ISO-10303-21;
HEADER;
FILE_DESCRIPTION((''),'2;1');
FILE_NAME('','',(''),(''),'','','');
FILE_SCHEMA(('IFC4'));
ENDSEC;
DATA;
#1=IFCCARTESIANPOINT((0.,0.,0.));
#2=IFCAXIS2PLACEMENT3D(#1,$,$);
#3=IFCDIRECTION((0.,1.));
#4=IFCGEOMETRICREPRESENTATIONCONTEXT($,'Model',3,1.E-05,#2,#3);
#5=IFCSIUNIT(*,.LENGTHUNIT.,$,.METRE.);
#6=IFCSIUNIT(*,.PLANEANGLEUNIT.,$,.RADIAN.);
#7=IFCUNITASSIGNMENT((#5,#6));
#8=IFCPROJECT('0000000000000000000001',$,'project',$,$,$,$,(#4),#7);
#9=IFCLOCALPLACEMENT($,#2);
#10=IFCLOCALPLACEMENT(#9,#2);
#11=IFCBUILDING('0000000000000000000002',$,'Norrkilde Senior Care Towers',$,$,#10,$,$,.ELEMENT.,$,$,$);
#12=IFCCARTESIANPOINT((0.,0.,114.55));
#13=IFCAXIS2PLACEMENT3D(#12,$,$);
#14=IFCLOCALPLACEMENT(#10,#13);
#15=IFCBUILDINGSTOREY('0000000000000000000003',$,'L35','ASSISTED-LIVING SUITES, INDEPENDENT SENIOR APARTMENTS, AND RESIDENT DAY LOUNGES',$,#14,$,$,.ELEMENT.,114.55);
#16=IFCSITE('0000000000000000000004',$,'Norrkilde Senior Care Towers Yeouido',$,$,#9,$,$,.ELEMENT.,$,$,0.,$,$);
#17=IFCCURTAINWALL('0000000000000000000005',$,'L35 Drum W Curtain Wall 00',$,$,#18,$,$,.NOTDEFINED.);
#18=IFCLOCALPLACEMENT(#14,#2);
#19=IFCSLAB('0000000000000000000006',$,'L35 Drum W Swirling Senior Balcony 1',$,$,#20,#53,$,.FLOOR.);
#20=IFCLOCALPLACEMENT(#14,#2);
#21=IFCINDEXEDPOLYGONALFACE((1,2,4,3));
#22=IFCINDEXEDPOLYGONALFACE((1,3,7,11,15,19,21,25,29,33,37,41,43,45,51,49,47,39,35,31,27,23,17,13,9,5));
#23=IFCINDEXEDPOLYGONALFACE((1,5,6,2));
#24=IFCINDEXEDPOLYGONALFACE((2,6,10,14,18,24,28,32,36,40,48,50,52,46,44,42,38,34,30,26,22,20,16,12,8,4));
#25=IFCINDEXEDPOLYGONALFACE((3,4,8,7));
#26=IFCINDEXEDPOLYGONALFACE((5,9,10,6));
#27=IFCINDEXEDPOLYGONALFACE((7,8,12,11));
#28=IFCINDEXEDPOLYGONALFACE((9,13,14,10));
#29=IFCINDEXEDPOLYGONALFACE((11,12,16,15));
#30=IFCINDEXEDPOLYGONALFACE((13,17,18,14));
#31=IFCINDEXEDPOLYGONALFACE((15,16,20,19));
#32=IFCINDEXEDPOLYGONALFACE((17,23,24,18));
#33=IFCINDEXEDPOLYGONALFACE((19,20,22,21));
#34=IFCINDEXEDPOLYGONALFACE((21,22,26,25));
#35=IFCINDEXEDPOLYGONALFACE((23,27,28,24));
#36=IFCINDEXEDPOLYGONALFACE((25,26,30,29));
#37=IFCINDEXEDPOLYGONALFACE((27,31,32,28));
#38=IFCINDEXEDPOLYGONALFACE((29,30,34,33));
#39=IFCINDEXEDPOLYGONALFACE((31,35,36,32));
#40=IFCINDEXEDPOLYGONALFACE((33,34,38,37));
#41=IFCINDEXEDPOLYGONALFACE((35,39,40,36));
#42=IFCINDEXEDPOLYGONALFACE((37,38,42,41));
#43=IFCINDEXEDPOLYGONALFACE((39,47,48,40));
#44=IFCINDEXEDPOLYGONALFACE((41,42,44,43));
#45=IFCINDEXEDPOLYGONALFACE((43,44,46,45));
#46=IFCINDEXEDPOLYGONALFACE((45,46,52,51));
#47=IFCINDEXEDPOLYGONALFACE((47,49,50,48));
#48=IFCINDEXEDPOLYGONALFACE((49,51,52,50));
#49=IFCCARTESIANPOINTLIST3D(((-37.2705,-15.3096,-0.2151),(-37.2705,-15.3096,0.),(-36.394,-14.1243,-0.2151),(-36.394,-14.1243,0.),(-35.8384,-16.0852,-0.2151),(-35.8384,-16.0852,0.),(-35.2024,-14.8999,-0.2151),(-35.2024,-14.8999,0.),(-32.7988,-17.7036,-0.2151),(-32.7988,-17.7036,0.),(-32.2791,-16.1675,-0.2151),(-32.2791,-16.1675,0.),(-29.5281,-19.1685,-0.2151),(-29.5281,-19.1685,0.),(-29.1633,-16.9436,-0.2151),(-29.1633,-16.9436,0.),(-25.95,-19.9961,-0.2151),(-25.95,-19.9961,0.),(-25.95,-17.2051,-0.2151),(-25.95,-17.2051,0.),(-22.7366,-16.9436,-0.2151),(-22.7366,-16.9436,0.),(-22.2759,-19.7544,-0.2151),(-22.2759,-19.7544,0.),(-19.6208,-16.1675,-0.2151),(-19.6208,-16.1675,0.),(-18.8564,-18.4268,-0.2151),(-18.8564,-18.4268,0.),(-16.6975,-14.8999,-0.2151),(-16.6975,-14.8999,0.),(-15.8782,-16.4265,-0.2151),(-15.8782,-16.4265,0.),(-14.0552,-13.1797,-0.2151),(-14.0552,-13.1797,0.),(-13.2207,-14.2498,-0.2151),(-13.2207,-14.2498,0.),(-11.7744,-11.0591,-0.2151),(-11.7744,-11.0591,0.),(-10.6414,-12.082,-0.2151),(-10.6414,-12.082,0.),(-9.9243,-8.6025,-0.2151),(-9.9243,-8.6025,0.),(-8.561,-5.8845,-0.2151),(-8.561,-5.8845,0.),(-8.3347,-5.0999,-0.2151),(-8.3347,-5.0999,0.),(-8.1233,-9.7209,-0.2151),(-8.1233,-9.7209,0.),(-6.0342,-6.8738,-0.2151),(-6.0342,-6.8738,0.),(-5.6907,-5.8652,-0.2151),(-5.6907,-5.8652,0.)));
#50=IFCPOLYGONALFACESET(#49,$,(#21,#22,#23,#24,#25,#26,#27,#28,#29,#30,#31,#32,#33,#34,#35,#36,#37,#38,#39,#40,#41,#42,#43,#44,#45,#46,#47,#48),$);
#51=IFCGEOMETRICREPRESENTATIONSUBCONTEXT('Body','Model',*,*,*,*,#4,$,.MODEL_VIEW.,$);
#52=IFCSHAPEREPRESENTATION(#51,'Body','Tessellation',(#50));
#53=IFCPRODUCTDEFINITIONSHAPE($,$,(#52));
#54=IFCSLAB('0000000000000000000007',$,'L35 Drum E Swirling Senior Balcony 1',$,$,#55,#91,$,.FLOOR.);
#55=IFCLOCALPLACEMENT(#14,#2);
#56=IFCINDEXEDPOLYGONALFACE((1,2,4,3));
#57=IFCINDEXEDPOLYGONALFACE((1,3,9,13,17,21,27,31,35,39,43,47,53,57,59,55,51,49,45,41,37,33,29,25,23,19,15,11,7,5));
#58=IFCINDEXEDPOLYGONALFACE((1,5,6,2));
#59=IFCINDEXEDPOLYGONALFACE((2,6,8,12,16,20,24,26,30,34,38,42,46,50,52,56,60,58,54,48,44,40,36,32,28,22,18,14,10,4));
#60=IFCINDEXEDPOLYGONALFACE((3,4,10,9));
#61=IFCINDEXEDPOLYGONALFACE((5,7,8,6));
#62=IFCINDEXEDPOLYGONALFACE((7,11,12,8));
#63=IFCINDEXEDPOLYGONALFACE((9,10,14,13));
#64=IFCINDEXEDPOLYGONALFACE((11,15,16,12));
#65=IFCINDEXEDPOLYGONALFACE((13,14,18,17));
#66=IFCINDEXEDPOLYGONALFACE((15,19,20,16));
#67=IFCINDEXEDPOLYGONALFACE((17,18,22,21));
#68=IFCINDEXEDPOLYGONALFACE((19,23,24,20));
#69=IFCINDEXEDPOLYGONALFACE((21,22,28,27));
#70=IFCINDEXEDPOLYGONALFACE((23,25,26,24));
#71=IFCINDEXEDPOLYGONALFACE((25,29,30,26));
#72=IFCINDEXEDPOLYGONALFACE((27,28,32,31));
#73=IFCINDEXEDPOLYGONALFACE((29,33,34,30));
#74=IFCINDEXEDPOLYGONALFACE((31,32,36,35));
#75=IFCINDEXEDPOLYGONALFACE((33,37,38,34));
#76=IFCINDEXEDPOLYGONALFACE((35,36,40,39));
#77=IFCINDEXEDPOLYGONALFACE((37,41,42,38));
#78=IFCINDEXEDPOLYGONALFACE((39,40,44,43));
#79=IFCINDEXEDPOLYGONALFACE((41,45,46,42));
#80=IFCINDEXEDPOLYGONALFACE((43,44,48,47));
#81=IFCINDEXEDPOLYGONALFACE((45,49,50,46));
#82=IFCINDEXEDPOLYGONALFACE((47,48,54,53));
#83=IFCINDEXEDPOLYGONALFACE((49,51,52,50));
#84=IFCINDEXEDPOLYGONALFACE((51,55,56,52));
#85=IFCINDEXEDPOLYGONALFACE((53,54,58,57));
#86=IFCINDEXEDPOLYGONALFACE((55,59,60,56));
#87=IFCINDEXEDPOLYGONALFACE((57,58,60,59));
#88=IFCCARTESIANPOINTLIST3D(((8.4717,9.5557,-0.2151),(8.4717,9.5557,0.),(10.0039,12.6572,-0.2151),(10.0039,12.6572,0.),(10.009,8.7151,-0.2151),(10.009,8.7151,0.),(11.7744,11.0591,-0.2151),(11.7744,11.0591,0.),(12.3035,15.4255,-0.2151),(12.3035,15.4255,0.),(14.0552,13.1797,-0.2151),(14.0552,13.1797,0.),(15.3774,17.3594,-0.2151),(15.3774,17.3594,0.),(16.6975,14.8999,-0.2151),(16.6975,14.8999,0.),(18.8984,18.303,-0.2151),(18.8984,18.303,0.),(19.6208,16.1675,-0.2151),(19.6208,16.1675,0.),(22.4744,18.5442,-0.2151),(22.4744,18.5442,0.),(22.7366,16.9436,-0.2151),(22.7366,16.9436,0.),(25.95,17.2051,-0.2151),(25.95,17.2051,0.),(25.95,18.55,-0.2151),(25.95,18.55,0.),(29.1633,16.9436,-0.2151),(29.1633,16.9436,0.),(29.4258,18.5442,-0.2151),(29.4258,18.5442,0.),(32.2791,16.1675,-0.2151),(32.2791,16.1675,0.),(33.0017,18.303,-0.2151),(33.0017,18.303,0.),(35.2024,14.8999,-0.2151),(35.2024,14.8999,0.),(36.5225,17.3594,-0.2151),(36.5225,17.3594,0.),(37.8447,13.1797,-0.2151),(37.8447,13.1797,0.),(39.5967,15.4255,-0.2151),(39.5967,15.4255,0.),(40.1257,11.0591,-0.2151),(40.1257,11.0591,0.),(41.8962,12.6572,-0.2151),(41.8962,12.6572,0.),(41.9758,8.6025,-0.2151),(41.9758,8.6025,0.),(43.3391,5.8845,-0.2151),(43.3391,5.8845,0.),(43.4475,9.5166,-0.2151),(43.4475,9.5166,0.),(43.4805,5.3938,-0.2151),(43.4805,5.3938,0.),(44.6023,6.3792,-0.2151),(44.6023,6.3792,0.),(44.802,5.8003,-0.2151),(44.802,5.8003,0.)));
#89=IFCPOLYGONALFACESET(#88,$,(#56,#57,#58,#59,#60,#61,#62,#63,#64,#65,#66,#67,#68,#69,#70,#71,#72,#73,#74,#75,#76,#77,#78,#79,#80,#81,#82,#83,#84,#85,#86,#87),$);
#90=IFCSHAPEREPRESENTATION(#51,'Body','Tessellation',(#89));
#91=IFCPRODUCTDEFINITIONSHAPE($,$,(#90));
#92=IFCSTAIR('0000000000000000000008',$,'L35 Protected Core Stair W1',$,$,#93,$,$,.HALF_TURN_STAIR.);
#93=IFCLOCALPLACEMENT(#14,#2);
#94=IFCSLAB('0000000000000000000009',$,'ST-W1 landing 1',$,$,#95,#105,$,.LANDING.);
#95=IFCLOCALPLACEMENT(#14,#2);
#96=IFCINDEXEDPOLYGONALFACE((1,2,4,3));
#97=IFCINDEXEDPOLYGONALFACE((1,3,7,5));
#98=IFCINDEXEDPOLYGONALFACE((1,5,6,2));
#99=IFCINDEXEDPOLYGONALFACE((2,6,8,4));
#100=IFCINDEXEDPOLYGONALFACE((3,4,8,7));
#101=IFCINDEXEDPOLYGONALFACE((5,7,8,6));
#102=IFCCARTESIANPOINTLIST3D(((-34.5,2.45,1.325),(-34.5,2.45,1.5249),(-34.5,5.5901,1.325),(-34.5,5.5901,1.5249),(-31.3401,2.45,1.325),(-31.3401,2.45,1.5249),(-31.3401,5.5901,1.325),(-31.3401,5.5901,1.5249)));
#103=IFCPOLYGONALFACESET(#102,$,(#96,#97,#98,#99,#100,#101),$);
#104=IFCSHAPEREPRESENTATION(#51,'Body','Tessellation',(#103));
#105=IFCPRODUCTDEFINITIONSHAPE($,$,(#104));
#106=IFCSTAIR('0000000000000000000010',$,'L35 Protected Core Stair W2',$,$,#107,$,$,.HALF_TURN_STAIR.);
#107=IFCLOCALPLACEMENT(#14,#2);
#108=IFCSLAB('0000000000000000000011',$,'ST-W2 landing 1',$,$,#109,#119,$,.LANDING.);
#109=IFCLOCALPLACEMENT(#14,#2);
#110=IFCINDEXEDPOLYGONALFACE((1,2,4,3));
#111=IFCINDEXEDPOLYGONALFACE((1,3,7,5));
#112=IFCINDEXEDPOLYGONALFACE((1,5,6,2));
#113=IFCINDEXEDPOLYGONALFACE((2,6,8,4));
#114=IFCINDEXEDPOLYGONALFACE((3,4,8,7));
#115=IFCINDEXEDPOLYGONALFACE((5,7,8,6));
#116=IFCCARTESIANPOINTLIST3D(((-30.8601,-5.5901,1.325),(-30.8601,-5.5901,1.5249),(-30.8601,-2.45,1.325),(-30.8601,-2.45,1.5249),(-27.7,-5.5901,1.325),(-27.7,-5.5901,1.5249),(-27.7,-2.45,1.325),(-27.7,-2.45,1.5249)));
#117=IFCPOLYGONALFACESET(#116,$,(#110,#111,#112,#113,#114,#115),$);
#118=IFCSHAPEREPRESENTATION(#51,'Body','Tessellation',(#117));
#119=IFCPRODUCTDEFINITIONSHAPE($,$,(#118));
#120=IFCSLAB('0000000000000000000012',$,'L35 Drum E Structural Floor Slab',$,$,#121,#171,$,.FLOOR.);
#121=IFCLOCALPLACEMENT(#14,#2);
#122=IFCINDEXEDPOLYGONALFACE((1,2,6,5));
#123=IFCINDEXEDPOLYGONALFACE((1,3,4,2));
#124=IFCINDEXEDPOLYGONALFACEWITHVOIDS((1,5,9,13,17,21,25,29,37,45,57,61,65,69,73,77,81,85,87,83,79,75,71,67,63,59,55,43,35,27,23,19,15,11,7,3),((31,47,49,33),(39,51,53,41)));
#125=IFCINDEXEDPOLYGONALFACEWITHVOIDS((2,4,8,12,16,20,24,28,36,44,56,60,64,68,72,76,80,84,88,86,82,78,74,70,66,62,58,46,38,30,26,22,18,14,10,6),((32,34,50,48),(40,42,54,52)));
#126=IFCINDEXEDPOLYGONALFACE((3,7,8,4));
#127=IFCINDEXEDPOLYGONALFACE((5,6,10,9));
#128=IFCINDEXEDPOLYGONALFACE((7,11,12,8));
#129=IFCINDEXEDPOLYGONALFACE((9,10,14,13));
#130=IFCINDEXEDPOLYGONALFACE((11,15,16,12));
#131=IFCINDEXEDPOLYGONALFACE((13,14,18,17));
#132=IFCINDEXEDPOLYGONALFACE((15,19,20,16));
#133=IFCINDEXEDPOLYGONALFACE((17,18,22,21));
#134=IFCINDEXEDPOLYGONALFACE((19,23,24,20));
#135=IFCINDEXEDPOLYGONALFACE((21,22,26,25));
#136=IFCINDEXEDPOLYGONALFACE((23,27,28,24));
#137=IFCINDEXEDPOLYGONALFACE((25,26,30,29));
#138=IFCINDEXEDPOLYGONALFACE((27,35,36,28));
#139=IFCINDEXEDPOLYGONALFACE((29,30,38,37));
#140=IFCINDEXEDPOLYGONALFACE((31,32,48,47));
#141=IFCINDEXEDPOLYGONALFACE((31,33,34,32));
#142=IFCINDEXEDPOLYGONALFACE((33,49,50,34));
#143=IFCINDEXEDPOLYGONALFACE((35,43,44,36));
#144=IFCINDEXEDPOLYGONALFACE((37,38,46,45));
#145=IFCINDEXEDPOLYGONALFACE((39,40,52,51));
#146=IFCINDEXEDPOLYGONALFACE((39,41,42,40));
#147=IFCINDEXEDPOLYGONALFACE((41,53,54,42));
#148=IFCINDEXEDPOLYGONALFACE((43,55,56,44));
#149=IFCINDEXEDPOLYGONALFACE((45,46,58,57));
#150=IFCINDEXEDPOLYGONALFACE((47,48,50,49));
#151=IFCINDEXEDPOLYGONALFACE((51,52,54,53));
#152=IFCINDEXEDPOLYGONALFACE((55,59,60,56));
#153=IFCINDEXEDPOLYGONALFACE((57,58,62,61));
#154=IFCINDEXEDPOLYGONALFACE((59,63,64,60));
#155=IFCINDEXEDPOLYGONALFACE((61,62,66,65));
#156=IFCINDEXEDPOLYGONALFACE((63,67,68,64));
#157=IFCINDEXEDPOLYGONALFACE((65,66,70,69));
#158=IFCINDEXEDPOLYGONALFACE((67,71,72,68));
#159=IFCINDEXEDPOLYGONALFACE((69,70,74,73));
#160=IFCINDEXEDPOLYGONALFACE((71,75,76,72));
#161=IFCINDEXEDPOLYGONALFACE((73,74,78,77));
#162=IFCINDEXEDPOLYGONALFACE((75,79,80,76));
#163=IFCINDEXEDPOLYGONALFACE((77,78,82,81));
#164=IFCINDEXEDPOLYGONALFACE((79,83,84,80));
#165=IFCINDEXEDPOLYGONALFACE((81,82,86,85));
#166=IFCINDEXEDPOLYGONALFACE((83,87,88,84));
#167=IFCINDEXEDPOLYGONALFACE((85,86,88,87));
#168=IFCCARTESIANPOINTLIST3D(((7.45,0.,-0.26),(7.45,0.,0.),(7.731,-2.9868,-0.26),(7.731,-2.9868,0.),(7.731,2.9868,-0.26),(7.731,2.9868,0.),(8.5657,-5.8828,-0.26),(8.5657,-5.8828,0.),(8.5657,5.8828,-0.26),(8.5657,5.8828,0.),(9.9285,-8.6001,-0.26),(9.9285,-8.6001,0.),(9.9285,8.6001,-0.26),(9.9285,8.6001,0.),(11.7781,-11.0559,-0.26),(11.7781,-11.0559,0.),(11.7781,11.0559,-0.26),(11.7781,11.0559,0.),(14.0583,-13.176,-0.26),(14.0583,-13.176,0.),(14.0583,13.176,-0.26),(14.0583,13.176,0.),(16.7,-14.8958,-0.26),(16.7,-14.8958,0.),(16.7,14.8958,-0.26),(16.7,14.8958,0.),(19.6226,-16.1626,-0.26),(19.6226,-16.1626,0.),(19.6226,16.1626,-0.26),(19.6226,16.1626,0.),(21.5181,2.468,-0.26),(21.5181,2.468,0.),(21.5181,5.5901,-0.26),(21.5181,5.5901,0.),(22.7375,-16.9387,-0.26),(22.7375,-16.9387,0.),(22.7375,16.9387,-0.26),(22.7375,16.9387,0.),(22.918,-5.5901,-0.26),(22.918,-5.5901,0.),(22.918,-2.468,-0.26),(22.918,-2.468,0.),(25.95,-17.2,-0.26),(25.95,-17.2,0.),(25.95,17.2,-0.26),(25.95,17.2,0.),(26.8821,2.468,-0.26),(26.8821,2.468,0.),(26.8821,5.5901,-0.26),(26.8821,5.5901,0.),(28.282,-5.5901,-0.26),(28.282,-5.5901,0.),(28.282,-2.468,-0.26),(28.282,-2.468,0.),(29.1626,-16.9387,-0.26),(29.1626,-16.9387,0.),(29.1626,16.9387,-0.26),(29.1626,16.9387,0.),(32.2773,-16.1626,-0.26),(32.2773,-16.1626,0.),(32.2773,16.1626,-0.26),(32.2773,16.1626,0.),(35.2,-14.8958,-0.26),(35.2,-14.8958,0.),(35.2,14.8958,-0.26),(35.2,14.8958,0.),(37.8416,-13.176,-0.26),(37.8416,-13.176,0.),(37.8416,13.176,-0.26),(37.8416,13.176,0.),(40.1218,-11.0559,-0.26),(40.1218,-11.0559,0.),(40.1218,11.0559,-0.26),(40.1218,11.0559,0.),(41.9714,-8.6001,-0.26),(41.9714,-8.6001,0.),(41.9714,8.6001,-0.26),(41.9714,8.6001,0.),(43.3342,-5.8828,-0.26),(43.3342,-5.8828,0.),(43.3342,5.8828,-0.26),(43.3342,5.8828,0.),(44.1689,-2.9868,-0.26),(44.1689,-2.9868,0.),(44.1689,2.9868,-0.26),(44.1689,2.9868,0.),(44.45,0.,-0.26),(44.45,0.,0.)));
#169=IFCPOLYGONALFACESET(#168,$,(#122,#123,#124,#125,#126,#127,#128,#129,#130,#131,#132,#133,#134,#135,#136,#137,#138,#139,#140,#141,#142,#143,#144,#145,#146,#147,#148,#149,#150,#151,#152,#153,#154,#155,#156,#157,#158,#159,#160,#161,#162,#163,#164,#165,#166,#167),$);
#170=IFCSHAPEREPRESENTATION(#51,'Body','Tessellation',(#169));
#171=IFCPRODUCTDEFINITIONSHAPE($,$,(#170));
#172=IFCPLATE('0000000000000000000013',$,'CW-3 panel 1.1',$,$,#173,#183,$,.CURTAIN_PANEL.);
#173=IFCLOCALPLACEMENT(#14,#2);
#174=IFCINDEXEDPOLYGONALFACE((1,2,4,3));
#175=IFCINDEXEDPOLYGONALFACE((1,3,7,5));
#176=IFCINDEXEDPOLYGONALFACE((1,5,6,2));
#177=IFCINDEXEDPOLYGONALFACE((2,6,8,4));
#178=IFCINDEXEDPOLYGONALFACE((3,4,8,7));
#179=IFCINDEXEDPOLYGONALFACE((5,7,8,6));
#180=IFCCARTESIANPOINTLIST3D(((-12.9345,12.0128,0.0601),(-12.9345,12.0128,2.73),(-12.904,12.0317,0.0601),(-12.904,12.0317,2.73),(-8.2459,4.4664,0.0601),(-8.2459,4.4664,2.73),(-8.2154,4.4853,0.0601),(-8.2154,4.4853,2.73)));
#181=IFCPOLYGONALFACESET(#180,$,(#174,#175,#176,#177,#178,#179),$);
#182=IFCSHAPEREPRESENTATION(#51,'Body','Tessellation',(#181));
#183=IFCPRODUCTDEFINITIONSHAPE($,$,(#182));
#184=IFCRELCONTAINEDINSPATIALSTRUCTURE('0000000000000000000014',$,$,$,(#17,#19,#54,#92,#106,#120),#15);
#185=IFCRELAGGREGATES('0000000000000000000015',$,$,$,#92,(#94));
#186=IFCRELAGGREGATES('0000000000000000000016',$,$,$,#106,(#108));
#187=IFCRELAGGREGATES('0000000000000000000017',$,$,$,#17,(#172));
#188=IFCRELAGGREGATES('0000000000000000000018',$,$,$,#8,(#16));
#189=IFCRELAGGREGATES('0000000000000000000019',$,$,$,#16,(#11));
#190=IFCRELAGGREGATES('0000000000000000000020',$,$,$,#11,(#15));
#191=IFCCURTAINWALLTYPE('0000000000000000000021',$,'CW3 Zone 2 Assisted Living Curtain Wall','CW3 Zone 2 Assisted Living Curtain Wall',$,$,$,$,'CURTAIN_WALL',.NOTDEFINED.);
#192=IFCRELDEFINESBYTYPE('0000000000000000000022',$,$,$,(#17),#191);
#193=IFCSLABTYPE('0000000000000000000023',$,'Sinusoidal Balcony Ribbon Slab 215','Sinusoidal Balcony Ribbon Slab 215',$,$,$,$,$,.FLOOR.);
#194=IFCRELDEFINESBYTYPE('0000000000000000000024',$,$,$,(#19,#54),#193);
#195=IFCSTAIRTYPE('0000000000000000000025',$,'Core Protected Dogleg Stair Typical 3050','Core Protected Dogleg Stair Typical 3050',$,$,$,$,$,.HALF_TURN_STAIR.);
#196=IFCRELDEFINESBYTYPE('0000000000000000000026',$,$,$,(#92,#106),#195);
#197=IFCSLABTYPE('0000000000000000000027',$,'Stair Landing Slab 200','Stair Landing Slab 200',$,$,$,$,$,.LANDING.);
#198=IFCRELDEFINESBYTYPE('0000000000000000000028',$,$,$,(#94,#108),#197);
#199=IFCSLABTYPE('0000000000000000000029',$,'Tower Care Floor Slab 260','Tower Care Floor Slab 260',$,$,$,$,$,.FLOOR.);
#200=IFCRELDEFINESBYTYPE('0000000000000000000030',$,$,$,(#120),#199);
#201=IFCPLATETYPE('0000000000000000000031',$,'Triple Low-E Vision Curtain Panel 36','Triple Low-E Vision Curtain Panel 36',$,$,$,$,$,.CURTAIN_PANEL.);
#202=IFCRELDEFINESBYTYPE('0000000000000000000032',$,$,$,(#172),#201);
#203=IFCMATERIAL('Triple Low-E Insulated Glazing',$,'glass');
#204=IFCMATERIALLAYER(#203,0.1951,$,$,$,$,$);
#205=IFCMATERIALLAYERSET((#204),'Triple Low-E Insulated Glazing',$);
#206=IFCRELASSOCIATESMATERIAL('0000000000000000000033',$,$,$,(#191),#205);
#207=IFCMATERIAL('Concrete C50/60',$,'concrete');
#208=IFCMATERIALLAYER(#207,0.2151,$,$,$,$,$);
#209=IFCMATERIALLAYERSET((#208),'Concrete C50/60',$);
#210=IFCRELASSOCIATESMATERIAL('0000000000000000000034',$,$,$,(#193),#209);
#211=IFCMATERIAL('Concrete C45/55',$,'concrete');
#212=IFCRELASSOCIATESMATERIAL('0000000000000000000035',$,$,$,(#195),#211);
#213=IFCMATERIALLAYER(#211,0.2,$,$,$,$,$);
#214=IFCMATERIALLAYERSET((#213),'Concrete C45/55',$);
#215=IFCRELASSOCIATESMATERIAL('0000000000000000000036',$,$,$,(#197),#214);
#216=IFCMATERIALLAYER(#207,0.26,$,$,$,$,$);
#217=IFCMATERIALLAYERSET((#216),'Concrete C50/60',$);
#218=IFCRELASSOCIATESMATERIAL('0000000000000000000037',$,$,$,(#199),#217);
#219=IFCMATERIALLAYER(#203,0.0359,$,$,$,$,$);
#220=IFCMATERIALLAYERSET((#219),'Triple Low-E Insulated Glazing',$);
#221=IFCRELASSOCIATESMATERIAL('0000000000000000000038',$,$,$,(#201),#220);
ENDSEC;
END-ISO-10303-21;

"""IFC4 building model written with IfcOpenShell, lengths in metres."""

from ifc_helpers import new_model, si_unit, direction, frame, origin, origin_2d, place, context, subcontext, project, spatial, polyline, rectangle, outline, extrude, source, transform, mapped, material, layer, layer_set, type_object, type_shapes, element, aggregate, save


model = new_model("IFC4")

# Units and contexts
model_context = context("Model", 3, precision=1e-05, world=origin(), true_north=direction((0.0, 1.0)))
body_context = subcontext(model_context, "Body", "Model", "MODEL_VIEW")
ifc_project = project(units=[si_unit("LENGTHUNIT", "METRE"), si_unit("PLANEANGLEUNIT", "RADIAN")], contexts=[model_context])

# Site, building, storey
site_placement = place(None, origin())
site = spatial("IfcSite", under=ifc_project, at=site_placement, Name="Norrkilde Senior Care Towers Yeouido", CompositionType="ELEMENT", RefElevation=0.0)
building_placement = place(site_placement, origin())
building = spatial("IfcBuilding", under=site, at=building_placement, Name="Norrkilde Senior Care Towers", CompositionType="ELEMENT")
storey_placement = place(building_placement, frame((0.0, 0.0, 114.55)))
storey = spatial("IfcBuildingStorey", under=building, at=storey_placement, Name="L35", Description="ASSISTED-LIVING SUITES, INDEPENDENT SENIOR APARTMENTS, AND RESIDENT DAY LOUNGES", CompositionType="ELEMENT", Elevation=114.55)

# Curtain wall
ifc_material_1 = material(Name="Triple Low-E Insulated Glazing", Category="glass")
ifc_layer_1 = layer(ifc_material_1, 0.1951)
ifc_layer_set_1 = layer_set([ifc_layer_1], Name="Triple Low-E Insulated Glazing")
curtain_wall_type = type_object("IfcCurtainWallType", Name="CW3 Zone 2 Assisted Living Curtain Wall", Description="CW3 Zone 2 Assisted Living Curtain Wall", ElementType="CURTAIN_WALL", PredefinedType="NOTDEFINED", material=ifc_layer_set_1)
curtain_wall_1_placement = place(storey_placement, origin())
curtain_wall_1 = element("IfcCurtainWall", 1, at=curtain_wall_1_placement, inside=storey, type_object=curtain_wall_type, Name="L35 Drum W Curtain Wall 00", PredefinedType="NOTDEFINED")

# Slabs
ifc_material_2 = material(Name="Concrete C50/60", Category="concrete")
ifc_layer_2 = layer(ifc_material_2, 0.2151)
ifc_layer_set_2 = layer_set([ifc_layer_2], Name="Concrete C50/60")
slab_type_1 = type_object("IfcSlabType", Name="Sinusoidal Balcony Ribbon Slab 215", Description="Sinusoidal Balcony Ribbon Slab 215", PredefinedType="FLOOR", material=ifc_layer_set_2)
slab_1_placement = place(storey_placement, frame((0.0, 0.0, -0.2151)))
element("IfcSlab", 2, at=slab_1_placement, inside=storey, type_object=slab_type_1, Name="L35 Drum W Swirling Senior Balcony 1", PredefinedType="FLOOR", context=body_context, shape_type="SweptSolid", body=[
    extrude(outline(polyline([(-8.1233, -9.7209), (-10.6414, -12.082), (-13.2207, -14.2498), (-15.8782, -16.4265), (-18.8564, -18.4268), (-22.2759, -19.7544), (-25.95, -19.9961), (-29.5281, -19.1685), (-32.7988, -17.7036), (-35.8384, -16.0852), (-37.2705, -15.3096), (-36.394, -14.1243), (-35.2024, -14.8999), (-32.2791, -16.1675), (-29.1633, -16.9436), (-25.95, -17.2051), (-22.7366, -16.9436), (-19.6208, -16.1675), (-16.6975, -14.8999), (-14.0552, -13.1797), (-11.7744, -11.0591), (-9.9243, -8.6025), (-8.561, -5.8845), (-8.3347, -5.0999), (-5.6907, -5.8652), (-6.0342, -6.8738), (-8.1233, -9.7209)])), origin(), (0.0, 0.0, 1.0), 0.2151),
])
slab_2_placement = place(storey_placement, frame((0.0, 0.0, -0.2151)))
element("IfcSlab", 3, at=slab_2_placement, inside=storey, type_object=slab_type_1, Name="L35 Drum E Swirling Senior Balcony 1", PredefinedType="FLOOR", context=body_context, shape_type="SweptSolid", body=[
    extrude(outline(polyline([(12.3035, 15.4255), (15.3774, 17.3594), (18.8984, 18.303), (22.4744, 18.5442), (25.95, 18.55), (29.4258, 18.5442), (33.0017, 18.303), (36.5225, 17.3594), (39.5967, 15.4255), (41.8962, 12.6572), (43.4475, 9.5166), (44.6023, 6.3792), (44.802, 5.8003), (43.4805, 5.3938), (43.3391, 5.8845), (41.9758, 8.6025), (40.1257, 11.0591), (37.8447, 13.1797), (35.2024, 14.8999), (32.2791, 16.1675), (29.1633, 16.9436), (25.95, 17.2051), (22.7366, 16.9436), (19.6208, 16.1675), (16.6975, 14.8999), (14.0552, 13.1797), (11.7744, 11.0591), (10.009, 8.7151), (8.4717, 9.5557), (10.0039, 12.6572), (12.3035, 15.4255)])), origin(), (0.0, 0.0, 1.0), 0.2151),
])

# Stairs, slabs
ifc_material_3 = material(Name="Concrete C45/55", Category="concrete")
stair_type = type_object("IfcStairType", Name="Core Protected Dogleg Stair Typical 3050", Description="Core Protected Dogleg Stair Typical 3050", PredefinedType="HALF_TURN_STAIR", material=ifc_material_3)
stair_1_placement = place(storey_placement, origin())
stair_1 = element("IfcStair", 4, at=stair_1_placement, inside=storey, type_object=stair_type, Name="L35 Protected Core Stair W1", PredefinedType="HALF_TURN_STAIR")
ifc_layer_3 = layer(ifc_material_3, 0.2)
ifc_layer_set_3 = layer_set([ifc_layer_3], Name="Concrete C45/55")
slab_type_2 = type_object("IfcSlabType", Name="Stair Landing Slab 200", Description="Stair Landing Slab 200", PredefinedType="LANDING", material=ifc_layer_set_3)
slab_3_placement = place(storey_placement, frame((0.0, 0.0, 1.325)))
slab_3 = element("IfcSlab", 5, at=slab_3_placement, type_object=slab_type_2, Name="ST-W1 landing 1", PredefinedType="LANDING", context=body_context, shape_type="SweptSolid", body=[
    extrude(outline(polyline([(-31.3401, 5.5901), (-34.5, 5.5901), (-34.5, 2.45), (-31.3401, 2.45), (-31.3401, 5.5901)])), origin(), (0.0, 0.0, 1.0), 0.2),
])
aggregate(stair_1, [slab_3])
stair_2_placement = place(storey_placement, origin())
stair_2 = element("IfcStair", 6, at=stair_2_placement, inside=storey, type_object=stair_type, Name="L35 Protected Core Stair W2", PredefinedType="HALF_TURN_STAIR")
slab_4_placement = place(storey_placement, frame((0.0, 0.0, 1.325)))
slab_4 = element("IfcSlab", 7, at=slab_4_placement, type_object=slab_type_2, Name="ST-W2 landing 1", PredefinedType="LANDING", context=body_context, shape_type="SweptSolid", body=[
    extrude(outline(polyline([(-30.8601, -5.5901), (-27.7, -5.5901), (-27.7, -2.45), (-30.8601, -2.45), (-30.8601, -5.5901)])), origin(), (0.0, 0.0, 1.0), 0.2),
])
aggregate(stair_2, [slab_4])

# Slab
ifc_layer_4 = layer(ifc_material_2, 0.26)
ifc_layer_set_4 = layer_set([ifc_layer_4], Name="Concrete C50/60")
slab_type_3 = type_object("IfcSlabType", Name="Tower Care Floor Slab 260", Description="Tower Care Floor Slab 260", PredefinedType="FLOOR", material=ifc_layer_set_4)
slab_5_placement = place(storey_placement, frame((0.0, 0.0, -0.26)))
element("IfcSlab", 8, at=slab_5_placement, inside=storey, type_object=slab_type_3, Name="L35 Drum E Structural Floor Slab", PredefinedType="FLOOR", context=body_context, shape_type="SweptSolid", body=[
    extrude(outline(polyline([(43.3342, -5.8828), (41.9714, -8.6001), (40.1218, -11.0559), (37.8416, -13.176), (35.2, -14.8958), (32.2773, -16.1626), (29.1626, -16.9387), (25.95, -17.2), (22.7375, -16.9387), (19.6226, -16.1626), (16.7, -14.8958), (14.0583, -13.176), (11.7781, -11.0559), (9.9285, -8.6001), (8.5657, -5.8828), (7.731, -2.9868), (7.45, 0.0), (7.731, 2.9868), (8.5657, 5.8828), (9.9285, 8.6001), (11.7781, 11.0559), (14.0583, 13.176), (16.7, 14.8958), (19.6226, 16.1626), (22.7375, 16.9387), (25.95, 17.2), (29.1626, 16.9387), (32.2773, 16.1626), (35.2, 14.8958), (37.8416, 13.176), (40.1218, 11.0559), (41.9714, 8.6001), (43.3342, 5.8828), (44.1689, 2.9868), (44.45, 0.0), (44.1689, -2.9868), (43.3342, -5.8828)]), holes=[polyline([(21.5181, 2.468), (26.8821, 2.468), (26.8821, 5.5901), (21.5181, 5.5901), (21.5181, 2.468)]), polyline([(28.282, -5.5901), (28.282, -2.468), (22.918, -2.468), (22.918, -5.5901), (28.282, -5.5901)])]), origin(), (0.0, 0.0, 1.0), 0.26),
])

# Plate
ifc_layer_5 = layer(ifc_material_1, 0.0359)
ifc_layer_set_5 = layer_set([ifc_layer_5], Name="Triple Low-E Insulated Glazing")
plate_type = type_object("IfcPlateType", Name="Triple Low-E Vision Curtain Panel 36", Description="Triple Low-E Vision Curtain Panel 36", PredefinedType="CURTAIN_PANEL", material=ifc_layer_set_5)
shared_shape_1 = source(origin(), body_context, "Body", "SweptSolid", [
    extrude(rectangle(XDim=8.8843, YDim=0.0359, at=origin_2d()), origin(), (0.0, 0.0, 1.0), 2.6699),
])
type_shapes(plate_type, [shared_shape_1])
plate_placement = place(storey_placement, frame((-10.575, 8.249, 0.0601), z_axis=(0.0, 0.0, 1.0), x_axis=(0.527733, -0.84941, 0.0)))
plate = element("IfcPlate", 9, at=plate_placement, type_object=plate_type, Name="CW-3 panel 1.1", PredefinedType="CURTAIN_PANEL", context=body_context, shape_type="MappedRepresentation", body=[
    mapped(shared_shape_1, transform((0.0, 0.0, 0.0), x_axis=(1.0, 0.0, 0.0), y_axis=(0.0, 1.0, 0.0), z_axis=(0.0, 0.0, 1.0), scale=1.0)),
])
aggregate(curtain_wall_1, [plate])

save(model, "model.ifc")
